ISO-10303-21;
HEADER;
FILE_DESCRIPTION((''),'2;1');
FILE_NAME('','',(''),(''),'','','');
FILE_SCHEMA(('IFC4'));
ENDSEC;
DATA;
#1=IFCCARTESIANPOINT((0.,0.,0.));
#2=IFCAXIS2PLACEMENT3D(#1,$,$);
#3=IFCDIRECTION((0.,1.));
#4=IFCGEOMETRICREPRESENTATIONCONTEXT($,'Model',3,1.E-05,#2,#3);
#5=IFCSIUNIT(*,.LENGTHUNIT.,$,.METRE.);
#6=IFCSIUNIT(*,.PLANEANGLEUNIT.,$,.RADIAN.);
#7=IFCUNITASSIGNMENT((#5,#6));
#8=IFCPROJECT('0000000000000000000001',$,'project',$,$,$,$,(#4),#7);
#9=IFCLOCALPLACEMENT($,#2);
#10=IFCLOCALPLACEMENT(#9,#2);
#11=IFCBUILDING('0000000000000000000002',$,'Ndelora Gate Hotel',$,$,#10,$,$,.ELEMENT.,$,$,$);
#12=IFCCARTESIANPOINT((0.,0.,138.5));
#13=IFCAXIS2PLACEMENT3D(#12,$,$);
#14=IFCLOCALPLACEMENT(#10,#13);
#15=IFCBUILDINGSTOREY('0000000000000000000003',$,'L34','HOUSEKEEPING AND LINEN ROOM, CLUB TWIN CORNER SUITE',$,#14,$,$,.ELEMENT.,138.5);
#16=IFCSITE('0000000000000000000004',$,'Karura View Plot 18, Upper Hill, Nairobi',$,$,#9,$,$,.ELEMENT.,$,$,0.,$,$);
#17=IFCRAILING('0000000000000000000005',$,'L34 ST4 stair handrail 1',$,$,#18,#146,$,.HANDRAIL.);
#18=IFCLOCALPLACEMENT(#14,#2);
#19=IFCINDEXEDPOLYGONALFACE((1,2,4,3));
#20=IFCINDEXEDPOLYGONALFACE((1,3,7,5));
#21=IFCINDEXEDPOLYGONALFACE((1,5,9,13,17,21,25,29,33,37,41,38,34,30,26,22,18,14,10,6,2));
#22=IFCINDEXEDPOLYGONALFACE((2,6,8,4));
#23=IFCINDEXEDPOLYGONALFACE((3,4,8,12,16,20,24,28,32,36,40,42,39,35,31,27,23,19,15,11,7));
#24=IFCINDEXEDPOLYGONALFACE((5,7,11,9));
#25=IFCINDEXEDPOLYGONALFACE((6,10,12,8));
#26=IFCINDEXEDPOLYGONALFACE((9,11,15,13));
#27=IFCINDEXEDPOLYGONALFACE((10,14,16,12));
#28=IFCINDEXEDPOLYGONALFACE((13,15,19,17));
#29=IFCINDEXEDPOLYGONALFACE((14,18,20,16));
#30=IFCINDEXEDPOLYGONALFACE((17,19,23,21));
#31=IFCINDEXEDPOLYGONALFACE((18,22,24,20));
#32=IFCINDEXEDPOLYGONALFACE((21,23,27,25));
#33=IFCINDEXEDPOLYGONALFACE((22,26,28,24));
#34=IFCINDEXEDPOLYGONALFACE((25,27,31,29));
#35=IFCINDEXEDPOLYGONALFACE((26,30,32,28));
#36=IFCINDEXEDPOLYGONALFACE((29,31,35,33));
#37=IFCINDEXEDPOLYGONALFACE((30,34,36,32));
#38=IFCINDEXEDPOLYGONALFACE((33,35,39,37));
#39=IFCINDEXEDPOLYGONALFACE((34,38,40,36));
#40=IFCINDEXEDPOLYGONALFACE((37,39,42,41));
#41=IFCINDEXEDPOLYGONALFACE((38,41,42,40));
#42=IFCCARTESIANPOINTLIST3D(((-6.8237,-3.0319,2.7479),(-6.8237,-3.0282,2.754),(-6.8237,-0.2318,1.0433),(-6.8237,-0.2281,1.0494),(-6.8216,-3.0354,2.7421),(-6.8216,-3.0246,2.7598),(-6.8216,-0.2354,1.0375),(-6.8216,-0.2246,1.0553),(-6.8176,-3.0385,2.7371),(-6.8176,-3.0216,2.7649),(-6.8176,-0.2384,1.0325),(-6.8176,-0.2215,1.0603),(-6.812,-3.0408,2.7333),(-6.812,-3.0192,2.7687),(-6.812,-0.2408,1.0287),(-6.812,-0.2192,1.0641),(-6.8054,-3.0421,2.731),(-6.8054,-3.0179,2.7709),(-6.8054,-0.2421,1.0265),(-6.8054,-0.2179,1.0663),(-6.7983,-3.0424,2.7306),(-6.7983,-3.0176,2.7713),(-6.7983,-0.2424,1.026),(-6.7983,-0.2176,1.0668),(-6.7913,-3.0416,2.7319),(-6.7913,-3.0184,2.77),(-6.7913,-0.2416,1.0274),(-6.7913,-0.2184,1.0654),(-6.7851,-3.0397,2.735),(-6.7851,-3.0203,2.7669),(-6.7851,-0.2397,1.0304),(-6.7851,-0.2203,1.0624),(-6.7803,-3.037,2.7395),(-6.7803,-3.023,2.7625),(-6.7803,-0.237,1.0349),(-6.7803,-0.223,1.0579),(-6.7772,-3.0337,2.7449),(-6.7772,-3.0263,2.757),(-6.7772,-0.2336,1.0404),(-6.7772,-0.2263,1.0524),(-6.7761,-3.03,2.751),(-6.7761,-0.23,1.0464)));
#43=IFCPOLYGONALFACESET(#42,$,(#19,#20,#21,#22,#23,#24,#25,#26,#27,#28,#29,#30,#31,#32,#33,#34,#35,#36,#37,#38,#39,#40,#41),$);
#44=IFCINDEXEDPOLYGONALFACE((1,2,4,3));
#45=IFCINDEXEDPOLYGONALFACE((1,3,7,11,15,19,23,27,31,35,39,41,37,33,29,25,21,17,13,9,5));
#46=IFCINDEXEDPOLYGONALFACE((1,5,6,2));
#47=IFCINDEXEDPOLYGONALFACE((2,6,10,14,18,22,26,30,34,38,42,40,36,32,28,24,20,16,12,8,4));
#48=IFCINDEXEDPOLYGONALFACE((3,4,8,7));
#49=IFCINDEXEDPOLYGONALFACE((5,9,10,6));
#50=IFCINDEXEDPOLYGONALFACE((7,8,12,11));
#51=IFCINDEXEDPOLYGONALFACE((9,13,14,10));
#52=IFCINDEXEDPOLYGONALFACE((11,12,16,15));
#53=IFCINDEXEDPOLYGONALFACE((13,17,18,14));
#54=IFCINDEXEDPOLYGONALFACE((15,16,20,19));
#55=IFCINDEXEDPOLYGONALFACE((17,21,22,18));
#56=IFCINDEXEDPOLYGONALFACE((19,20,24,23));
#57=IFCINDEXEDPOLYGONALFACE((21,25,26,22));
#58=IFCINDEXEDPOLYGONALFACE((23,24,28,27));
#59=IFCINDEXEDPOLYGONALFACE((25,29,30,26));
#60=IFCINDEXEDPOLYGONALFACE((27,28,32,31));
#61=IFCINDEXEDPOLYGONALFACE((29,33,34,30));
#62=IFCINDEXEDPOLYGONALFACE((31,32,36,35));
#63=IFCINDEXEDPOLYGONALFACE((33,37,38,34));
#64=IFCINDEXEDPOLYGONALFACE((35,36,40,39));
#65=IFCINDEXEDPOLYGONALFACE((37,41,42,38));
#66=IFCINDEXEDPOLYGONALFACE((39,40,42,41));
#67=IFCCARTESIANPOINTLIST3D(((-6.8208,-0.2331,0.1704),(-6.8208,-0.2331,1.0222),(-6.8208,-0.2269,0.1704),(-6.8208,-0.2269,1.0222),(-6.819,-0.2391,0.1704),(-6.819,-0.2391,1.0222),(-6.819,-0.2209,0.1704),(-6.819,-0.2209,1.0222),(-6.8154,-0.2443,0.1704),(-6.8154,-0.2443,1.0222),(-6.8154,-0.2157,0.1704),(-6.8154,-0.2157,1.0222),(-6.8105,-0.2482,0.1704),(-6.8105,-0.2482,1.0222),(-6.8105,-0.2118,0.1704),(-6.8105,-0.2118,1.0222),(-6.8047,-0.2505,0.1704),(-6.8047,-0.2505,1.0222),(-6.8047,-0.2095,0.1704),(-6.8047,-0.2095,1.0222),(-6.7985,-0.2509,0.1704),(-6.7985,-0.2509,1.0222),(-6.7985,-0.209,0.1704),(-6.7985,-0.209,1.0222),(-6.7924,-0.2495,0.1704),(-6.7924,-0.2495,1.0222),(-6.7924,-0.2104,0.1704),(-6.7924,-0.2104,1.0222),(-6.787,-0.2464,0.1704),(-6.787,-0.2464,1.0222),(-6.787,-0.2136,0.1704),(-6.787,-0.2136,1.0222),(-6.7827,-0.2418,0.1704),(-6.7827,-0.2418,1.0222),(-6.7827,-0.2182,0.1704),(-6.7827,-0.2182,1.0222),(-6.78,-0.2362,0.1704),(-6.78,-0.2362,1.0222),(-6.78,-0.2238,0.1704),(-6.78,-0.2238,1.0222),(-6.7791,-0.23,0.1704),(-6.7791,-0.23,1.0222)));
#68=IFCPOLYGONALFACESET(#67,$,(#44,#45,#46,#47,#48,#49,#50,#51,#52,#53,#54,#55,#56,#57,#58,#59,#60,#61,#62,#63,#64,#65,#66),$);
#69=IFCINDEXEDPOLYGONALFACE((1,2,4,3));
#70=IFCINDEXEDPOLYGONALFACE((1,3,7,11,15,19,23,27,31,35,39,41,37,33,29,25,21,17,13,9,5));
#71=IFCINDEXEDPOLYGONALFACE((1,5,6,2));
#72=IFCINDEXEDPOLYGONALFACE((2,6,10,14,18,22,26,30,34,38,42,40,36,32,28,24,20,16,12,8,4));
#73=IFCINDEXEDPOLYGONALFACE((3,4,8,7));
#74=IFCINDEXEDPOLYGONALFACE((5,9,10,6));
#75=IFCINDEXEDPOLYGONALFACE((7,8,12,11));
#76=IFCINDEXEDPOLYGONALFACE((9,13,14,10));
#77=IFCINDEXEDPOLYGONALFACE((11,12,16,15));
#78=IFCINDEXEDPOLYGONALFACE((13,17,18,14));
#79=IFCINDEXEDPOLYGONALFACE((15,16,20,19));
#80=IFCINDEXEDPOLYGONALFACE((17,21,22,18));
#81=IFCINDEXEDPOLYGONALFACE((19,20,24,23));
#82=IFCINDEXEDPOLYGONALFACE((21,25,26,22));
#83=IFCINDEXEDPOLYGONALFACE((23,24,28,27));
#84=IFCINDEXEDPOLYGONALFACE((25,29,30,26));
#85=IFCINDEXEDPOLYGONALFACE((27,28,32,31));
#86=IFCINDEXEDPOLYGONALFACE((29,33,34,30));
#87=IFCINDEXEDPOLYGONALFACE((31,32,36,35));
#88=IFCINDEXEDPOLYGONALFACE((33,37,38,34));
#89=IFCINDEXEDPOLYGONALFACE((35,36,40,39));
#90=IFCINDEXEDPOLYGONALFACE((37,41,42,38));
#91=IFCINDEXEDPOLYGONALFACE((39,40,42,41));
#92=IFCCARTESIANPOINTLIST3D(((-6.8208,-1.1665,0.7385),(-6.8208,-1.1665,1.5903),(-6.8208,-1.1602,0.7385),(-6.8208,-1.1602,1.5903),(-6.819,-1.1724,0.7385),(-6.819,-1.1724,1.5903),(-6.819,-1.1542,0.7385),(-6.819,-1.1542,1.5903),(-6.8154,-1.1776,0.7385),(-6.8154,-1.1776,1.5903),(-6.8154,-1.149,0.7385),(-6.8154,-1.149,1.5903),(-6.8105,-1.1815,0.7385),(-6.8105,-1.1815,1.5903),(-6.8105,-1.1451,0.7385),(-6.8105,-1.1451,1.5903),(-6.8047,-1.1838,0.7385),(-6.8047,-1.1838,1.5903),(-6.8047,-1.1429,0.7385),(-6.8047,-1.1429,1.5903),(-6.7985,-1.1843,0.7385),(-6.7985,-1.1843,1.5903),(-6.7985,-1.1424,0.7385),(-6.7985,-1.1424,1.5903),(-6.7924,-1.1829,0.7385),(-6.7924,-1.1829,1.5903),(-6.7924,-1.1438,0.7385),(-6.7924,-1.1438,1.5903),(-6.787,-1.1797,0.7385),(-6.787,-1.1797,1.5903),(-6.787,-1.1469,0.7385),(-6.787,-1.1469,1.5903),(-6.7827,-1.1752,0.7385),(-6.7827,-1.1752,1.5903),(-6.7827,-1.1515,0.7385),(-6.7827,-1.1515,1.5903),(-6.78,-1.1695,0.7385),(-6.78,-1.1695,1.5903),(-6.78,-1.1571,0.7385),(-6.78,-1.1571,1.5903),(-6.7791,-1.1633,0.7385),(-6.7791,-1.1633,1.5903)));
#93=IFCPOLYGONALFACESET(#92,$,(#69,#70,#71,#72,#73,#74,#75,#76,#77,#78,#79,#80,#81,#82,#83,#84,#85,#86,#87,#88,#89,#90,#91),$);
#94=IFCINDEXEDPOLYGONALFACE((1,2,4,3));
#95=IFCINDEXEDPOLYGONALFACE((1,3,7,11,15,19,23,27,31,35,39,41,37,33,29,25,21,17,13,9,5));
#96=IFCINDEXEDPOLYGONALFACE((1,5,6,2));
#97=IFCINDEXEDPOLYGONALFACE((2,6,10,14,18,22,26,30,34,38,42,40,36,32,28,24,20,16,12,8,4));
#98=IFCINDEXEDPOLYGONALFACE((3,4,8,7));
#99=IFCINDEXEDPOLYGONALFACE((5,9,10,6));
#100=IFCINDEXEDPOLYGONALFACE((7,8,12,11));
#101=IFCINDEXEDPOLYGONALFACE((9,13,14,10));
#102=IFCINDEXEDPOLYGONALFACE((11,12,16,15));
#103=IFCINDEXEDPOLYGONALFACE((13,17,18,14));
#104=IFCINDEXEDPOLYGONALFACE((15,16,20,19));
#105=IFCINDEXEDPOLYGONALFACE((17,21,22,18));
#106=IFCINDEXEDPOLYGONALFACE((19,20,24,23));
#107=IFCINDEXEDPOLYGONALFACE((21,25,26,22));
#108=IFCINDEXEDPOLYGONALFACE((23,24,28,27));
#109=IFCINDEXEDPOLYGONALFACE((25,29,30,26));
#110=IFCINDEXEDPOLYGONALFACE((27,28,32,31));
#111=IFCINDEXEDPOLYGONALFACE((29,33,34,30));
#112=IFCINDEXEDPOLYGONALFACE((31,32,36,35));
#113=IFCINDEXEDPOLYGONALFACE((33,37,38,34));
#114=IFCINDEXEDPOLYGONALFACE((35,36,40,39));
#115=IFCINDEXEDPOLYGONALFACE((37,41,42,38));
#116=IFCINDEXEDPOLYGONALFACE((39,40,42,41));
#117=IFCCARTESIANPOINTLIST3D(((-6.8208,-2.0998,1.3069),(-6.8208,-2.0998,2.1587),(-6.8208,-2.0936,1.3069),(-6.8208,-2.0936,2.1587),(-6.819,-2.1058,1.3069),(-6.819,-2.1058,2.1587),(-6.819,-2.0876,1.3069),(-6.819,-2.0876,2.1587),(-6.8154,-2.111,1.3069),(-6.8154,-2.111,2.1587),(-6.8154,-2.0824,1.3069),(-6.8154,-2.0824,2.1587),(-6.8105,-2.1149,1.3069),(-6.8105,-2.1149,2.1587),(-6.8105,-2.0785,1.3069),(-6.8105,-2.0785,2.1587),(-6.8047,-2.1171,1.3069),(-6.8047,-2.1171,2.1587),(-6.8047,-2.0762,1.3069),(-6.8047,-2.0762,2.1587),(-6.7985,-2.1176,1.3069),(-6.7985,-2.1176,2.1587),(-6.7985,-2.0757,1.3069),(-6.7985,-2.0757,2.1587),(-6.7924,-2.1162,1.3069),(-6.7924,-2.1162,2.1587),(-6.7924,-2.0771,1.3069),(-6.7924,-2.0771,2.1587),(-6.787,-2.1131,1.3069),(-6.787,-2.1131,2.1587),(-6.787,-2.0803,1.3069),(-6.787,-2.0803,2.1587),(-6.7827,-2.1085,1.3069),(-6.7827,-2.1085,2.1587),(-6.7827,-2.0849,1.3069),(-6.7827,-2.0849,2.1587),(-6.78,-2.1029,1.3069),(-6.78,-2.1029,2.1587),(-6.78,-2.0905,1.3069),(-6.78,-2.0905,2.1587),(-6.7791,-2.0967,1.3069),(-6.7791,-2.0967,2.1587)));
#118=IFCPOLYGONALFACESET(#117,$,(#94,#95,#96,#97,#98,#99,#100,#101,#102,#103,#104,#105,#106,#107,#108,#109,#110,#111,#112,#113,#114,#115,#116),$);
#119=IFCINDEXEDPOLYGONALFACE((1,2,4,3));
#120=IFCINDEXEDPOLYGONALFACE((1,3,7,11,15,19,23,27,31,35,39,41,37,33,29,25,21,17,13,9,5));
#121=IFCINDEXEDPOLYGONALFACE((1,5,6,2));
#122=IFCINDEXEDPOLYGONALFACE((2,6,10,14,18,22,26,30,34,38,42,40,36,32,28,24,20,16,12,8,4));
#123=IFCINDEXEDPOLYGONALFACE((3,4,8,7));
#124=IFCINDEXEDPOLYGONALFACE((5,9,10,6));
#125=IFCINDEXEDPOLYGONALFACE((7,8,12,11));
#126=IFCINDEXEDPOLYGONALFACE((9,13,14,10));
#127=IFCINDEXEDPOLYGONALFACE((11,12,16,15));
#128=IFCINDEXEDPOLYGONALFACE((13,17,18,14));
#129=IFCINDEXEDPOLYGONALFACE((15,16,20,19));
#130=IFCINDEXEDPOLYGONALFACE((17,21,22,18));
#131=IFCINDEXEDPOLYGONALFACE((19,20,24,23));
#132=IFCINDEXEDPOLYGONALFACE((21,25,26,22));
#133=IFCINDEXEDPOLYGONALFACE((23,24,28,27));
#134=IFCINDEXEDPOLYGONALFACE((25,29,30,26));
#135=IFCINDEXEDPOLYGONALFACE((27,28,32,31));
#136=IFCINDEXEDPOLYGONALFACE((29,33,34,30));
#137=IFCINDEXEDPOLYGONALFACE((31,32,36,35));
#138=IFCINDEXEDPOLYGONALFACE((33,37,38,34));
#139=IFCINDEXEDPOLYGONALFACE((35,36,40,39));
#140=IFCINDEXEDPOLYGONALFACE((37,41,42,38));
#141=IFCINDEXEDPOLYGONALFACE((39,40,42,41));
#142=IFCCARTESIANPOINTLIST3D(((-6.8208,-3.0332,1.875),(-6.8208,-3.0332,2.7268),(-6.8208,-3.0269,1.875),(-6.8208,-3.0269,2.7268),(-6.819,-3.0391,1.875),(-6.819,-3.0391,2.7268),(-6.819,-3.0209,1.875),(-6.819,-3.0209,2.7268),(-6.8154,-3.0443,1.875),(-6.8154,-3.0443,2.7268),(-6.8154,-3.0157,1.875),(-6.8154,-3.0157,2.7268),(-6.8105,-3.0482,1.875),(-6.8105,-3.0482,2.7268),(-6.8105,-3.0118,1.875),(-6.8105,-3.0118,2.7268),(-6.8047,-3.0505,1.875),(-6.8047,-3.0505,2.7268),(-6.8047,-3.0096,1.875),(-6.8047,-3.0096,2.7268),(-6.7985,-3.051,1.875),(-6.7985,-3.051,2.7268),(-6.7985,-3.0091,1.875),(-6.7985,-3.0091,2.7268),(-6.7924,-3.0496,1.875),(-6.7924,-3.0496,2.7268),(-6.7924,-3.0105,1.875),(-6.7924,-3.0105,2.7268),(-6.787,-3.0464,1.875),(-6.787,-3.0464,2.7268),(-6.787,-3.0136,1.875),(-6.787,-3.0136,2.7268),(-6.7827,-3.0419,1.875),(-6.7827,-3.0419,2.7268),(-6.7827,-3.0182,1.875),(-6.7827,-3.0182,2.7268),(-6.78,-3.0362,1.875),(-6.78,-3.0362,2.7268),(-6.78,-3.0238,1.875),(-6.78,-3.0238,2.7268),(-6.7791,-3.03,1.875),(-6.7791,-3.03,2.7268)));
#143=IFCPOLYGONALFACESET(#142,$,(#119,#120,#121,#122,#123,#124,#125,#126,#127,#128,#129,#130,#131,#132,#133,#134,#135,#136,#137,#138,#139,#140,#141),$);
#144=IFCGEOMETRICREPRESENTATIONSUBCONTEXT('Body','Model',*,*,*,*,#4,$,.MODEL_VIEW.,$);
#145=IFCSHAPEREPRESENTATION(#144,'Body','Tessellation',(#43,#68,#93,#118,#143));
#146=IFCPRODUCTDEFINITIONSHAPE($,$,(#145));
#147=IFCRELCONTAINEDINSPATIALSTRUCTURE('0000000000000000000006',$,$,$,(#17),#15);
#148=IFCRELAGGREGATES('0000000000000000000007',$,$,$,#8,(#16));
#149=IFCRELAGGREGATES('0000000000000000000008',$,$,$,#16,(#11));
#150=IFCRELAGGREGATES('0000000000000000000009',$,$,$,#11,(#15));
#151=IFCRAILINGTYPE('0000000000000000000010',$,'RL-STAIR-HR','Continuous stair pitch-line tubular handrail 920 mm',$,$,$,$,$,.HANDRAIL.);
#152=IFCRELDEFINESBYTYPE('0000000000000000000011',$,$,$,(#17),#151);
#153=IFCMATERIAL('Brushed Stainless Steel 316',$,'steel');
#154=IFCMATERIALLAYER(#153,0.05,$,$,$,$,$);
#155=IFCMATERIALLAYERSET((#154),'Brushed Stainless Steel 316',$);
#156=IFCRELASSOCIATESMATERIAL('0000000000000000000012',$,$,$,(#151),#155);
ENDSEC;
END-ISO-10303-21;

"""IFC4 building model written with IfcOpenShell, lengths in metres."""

from ifc_helpers import new_model, si_unit, direction, frame, origin, origin_2d, place, context, subcontext, project, spatial, circle, extrude, material, layer, layer_set, type_object, element, save


model = new_model("IFC4")

# Units and contexts
model_context = context("Model", 3, precision=1e-05, world=origin(), true_north=direction((0.0, 1.0)))
body_context = subcontext(model_context, "Body", "Model", "MODEL_VIEW")
ifc_project = project(units=[si_unit("LENGTHUNIT", "METRE"), si_unit("PLANEANGLEUNIT", "RADIAN")], contexts=[model_context])

# Site, building, storey
site_placement = place(None, origin())
site = spatial("IfcSite", under=ifc_project, at=site_placement, Name="Karura View Plot 18, Upper Hill, Nairobi", CompositionType="ELEMENT", RefElevation=0.0)
building_placement = place(site_placement, origin())
building = spatial("IfcBuilding", under=site, at=building_placement, Name="Ndelora Gate Hotel", CompositionType="ELEMENT")
storey_placement = place(building_placement, frame((0.0, 0.0, 138.5)))
storey = spatial("IfcBuildingStorey", under=building, at=storey_placement, Name="L34", Description="HOUSEKEEPING AND LINEN ROOM, CLUB TWIN CORNER SUITE", CompositionType="ELEMENT", Elevation=138.5)

# Railing
ifc_material_1 = material(Name="Brushed Stainless Steel 316", Category="steel")
ifc_layer_1 = layer(ifc_material_1, 0.05)
ifc_layer_set_1 = layer_set([ifc_layer_1], Name="Brushed Stainless Steel 316")
railing_type_1 = type_object("IfcRailingType", Name="RL-STAIR-HR", Description="Continuous stair pitch-line tubular handrail 920 mm", PredefinedType="HANDRAIL", material=ifc_layer_set_1)
railing_1_placement = place(storey_placement, frame((-6.8, -0.23, 0.1704)))
element("IfcRailing", 1, at=railing_1_placement, inside=storey, type_object=railing_type_1, Name="L34 ST4 stair handrail 1", PredefinedType="HANDRAIL", context=body_context, shape_type="SweptSolid", body=[
    extrude(circle(Radius=0.0239, at=origin_2d()), frame((0.0, 0.0, 0.876), z_axis=(0.0, -0.85417, 0.519994), x_axis=(1.0, 0.0, 0.0)), (0.0, 0.0, 1.0), 3.2781),
    extrude(circle(Radius=0.021, at=origin_2d()), origin(), (0.0, 0.0, 1.0), 0.8518),
    extrude(circle(Radius=0.021, at=origin_2d()), frame((0.0, -0.9333, 0.5681)), (0.0, 0.0, 1.0), 0.8518),
    extrude(circle(Radius=0.021, at=origin_2d()), frame((0.0, -1.8667, 1.1365)), (0.0, 0.0, 1.0), 0.8518),
    extrude(circle(Radius=0.021, at=origin_2d()), frame((0.0, -2.8, 1.7046)), (0.0, 0.0, 1.0), 0.8518),
])

save(model, "model.ifc")
